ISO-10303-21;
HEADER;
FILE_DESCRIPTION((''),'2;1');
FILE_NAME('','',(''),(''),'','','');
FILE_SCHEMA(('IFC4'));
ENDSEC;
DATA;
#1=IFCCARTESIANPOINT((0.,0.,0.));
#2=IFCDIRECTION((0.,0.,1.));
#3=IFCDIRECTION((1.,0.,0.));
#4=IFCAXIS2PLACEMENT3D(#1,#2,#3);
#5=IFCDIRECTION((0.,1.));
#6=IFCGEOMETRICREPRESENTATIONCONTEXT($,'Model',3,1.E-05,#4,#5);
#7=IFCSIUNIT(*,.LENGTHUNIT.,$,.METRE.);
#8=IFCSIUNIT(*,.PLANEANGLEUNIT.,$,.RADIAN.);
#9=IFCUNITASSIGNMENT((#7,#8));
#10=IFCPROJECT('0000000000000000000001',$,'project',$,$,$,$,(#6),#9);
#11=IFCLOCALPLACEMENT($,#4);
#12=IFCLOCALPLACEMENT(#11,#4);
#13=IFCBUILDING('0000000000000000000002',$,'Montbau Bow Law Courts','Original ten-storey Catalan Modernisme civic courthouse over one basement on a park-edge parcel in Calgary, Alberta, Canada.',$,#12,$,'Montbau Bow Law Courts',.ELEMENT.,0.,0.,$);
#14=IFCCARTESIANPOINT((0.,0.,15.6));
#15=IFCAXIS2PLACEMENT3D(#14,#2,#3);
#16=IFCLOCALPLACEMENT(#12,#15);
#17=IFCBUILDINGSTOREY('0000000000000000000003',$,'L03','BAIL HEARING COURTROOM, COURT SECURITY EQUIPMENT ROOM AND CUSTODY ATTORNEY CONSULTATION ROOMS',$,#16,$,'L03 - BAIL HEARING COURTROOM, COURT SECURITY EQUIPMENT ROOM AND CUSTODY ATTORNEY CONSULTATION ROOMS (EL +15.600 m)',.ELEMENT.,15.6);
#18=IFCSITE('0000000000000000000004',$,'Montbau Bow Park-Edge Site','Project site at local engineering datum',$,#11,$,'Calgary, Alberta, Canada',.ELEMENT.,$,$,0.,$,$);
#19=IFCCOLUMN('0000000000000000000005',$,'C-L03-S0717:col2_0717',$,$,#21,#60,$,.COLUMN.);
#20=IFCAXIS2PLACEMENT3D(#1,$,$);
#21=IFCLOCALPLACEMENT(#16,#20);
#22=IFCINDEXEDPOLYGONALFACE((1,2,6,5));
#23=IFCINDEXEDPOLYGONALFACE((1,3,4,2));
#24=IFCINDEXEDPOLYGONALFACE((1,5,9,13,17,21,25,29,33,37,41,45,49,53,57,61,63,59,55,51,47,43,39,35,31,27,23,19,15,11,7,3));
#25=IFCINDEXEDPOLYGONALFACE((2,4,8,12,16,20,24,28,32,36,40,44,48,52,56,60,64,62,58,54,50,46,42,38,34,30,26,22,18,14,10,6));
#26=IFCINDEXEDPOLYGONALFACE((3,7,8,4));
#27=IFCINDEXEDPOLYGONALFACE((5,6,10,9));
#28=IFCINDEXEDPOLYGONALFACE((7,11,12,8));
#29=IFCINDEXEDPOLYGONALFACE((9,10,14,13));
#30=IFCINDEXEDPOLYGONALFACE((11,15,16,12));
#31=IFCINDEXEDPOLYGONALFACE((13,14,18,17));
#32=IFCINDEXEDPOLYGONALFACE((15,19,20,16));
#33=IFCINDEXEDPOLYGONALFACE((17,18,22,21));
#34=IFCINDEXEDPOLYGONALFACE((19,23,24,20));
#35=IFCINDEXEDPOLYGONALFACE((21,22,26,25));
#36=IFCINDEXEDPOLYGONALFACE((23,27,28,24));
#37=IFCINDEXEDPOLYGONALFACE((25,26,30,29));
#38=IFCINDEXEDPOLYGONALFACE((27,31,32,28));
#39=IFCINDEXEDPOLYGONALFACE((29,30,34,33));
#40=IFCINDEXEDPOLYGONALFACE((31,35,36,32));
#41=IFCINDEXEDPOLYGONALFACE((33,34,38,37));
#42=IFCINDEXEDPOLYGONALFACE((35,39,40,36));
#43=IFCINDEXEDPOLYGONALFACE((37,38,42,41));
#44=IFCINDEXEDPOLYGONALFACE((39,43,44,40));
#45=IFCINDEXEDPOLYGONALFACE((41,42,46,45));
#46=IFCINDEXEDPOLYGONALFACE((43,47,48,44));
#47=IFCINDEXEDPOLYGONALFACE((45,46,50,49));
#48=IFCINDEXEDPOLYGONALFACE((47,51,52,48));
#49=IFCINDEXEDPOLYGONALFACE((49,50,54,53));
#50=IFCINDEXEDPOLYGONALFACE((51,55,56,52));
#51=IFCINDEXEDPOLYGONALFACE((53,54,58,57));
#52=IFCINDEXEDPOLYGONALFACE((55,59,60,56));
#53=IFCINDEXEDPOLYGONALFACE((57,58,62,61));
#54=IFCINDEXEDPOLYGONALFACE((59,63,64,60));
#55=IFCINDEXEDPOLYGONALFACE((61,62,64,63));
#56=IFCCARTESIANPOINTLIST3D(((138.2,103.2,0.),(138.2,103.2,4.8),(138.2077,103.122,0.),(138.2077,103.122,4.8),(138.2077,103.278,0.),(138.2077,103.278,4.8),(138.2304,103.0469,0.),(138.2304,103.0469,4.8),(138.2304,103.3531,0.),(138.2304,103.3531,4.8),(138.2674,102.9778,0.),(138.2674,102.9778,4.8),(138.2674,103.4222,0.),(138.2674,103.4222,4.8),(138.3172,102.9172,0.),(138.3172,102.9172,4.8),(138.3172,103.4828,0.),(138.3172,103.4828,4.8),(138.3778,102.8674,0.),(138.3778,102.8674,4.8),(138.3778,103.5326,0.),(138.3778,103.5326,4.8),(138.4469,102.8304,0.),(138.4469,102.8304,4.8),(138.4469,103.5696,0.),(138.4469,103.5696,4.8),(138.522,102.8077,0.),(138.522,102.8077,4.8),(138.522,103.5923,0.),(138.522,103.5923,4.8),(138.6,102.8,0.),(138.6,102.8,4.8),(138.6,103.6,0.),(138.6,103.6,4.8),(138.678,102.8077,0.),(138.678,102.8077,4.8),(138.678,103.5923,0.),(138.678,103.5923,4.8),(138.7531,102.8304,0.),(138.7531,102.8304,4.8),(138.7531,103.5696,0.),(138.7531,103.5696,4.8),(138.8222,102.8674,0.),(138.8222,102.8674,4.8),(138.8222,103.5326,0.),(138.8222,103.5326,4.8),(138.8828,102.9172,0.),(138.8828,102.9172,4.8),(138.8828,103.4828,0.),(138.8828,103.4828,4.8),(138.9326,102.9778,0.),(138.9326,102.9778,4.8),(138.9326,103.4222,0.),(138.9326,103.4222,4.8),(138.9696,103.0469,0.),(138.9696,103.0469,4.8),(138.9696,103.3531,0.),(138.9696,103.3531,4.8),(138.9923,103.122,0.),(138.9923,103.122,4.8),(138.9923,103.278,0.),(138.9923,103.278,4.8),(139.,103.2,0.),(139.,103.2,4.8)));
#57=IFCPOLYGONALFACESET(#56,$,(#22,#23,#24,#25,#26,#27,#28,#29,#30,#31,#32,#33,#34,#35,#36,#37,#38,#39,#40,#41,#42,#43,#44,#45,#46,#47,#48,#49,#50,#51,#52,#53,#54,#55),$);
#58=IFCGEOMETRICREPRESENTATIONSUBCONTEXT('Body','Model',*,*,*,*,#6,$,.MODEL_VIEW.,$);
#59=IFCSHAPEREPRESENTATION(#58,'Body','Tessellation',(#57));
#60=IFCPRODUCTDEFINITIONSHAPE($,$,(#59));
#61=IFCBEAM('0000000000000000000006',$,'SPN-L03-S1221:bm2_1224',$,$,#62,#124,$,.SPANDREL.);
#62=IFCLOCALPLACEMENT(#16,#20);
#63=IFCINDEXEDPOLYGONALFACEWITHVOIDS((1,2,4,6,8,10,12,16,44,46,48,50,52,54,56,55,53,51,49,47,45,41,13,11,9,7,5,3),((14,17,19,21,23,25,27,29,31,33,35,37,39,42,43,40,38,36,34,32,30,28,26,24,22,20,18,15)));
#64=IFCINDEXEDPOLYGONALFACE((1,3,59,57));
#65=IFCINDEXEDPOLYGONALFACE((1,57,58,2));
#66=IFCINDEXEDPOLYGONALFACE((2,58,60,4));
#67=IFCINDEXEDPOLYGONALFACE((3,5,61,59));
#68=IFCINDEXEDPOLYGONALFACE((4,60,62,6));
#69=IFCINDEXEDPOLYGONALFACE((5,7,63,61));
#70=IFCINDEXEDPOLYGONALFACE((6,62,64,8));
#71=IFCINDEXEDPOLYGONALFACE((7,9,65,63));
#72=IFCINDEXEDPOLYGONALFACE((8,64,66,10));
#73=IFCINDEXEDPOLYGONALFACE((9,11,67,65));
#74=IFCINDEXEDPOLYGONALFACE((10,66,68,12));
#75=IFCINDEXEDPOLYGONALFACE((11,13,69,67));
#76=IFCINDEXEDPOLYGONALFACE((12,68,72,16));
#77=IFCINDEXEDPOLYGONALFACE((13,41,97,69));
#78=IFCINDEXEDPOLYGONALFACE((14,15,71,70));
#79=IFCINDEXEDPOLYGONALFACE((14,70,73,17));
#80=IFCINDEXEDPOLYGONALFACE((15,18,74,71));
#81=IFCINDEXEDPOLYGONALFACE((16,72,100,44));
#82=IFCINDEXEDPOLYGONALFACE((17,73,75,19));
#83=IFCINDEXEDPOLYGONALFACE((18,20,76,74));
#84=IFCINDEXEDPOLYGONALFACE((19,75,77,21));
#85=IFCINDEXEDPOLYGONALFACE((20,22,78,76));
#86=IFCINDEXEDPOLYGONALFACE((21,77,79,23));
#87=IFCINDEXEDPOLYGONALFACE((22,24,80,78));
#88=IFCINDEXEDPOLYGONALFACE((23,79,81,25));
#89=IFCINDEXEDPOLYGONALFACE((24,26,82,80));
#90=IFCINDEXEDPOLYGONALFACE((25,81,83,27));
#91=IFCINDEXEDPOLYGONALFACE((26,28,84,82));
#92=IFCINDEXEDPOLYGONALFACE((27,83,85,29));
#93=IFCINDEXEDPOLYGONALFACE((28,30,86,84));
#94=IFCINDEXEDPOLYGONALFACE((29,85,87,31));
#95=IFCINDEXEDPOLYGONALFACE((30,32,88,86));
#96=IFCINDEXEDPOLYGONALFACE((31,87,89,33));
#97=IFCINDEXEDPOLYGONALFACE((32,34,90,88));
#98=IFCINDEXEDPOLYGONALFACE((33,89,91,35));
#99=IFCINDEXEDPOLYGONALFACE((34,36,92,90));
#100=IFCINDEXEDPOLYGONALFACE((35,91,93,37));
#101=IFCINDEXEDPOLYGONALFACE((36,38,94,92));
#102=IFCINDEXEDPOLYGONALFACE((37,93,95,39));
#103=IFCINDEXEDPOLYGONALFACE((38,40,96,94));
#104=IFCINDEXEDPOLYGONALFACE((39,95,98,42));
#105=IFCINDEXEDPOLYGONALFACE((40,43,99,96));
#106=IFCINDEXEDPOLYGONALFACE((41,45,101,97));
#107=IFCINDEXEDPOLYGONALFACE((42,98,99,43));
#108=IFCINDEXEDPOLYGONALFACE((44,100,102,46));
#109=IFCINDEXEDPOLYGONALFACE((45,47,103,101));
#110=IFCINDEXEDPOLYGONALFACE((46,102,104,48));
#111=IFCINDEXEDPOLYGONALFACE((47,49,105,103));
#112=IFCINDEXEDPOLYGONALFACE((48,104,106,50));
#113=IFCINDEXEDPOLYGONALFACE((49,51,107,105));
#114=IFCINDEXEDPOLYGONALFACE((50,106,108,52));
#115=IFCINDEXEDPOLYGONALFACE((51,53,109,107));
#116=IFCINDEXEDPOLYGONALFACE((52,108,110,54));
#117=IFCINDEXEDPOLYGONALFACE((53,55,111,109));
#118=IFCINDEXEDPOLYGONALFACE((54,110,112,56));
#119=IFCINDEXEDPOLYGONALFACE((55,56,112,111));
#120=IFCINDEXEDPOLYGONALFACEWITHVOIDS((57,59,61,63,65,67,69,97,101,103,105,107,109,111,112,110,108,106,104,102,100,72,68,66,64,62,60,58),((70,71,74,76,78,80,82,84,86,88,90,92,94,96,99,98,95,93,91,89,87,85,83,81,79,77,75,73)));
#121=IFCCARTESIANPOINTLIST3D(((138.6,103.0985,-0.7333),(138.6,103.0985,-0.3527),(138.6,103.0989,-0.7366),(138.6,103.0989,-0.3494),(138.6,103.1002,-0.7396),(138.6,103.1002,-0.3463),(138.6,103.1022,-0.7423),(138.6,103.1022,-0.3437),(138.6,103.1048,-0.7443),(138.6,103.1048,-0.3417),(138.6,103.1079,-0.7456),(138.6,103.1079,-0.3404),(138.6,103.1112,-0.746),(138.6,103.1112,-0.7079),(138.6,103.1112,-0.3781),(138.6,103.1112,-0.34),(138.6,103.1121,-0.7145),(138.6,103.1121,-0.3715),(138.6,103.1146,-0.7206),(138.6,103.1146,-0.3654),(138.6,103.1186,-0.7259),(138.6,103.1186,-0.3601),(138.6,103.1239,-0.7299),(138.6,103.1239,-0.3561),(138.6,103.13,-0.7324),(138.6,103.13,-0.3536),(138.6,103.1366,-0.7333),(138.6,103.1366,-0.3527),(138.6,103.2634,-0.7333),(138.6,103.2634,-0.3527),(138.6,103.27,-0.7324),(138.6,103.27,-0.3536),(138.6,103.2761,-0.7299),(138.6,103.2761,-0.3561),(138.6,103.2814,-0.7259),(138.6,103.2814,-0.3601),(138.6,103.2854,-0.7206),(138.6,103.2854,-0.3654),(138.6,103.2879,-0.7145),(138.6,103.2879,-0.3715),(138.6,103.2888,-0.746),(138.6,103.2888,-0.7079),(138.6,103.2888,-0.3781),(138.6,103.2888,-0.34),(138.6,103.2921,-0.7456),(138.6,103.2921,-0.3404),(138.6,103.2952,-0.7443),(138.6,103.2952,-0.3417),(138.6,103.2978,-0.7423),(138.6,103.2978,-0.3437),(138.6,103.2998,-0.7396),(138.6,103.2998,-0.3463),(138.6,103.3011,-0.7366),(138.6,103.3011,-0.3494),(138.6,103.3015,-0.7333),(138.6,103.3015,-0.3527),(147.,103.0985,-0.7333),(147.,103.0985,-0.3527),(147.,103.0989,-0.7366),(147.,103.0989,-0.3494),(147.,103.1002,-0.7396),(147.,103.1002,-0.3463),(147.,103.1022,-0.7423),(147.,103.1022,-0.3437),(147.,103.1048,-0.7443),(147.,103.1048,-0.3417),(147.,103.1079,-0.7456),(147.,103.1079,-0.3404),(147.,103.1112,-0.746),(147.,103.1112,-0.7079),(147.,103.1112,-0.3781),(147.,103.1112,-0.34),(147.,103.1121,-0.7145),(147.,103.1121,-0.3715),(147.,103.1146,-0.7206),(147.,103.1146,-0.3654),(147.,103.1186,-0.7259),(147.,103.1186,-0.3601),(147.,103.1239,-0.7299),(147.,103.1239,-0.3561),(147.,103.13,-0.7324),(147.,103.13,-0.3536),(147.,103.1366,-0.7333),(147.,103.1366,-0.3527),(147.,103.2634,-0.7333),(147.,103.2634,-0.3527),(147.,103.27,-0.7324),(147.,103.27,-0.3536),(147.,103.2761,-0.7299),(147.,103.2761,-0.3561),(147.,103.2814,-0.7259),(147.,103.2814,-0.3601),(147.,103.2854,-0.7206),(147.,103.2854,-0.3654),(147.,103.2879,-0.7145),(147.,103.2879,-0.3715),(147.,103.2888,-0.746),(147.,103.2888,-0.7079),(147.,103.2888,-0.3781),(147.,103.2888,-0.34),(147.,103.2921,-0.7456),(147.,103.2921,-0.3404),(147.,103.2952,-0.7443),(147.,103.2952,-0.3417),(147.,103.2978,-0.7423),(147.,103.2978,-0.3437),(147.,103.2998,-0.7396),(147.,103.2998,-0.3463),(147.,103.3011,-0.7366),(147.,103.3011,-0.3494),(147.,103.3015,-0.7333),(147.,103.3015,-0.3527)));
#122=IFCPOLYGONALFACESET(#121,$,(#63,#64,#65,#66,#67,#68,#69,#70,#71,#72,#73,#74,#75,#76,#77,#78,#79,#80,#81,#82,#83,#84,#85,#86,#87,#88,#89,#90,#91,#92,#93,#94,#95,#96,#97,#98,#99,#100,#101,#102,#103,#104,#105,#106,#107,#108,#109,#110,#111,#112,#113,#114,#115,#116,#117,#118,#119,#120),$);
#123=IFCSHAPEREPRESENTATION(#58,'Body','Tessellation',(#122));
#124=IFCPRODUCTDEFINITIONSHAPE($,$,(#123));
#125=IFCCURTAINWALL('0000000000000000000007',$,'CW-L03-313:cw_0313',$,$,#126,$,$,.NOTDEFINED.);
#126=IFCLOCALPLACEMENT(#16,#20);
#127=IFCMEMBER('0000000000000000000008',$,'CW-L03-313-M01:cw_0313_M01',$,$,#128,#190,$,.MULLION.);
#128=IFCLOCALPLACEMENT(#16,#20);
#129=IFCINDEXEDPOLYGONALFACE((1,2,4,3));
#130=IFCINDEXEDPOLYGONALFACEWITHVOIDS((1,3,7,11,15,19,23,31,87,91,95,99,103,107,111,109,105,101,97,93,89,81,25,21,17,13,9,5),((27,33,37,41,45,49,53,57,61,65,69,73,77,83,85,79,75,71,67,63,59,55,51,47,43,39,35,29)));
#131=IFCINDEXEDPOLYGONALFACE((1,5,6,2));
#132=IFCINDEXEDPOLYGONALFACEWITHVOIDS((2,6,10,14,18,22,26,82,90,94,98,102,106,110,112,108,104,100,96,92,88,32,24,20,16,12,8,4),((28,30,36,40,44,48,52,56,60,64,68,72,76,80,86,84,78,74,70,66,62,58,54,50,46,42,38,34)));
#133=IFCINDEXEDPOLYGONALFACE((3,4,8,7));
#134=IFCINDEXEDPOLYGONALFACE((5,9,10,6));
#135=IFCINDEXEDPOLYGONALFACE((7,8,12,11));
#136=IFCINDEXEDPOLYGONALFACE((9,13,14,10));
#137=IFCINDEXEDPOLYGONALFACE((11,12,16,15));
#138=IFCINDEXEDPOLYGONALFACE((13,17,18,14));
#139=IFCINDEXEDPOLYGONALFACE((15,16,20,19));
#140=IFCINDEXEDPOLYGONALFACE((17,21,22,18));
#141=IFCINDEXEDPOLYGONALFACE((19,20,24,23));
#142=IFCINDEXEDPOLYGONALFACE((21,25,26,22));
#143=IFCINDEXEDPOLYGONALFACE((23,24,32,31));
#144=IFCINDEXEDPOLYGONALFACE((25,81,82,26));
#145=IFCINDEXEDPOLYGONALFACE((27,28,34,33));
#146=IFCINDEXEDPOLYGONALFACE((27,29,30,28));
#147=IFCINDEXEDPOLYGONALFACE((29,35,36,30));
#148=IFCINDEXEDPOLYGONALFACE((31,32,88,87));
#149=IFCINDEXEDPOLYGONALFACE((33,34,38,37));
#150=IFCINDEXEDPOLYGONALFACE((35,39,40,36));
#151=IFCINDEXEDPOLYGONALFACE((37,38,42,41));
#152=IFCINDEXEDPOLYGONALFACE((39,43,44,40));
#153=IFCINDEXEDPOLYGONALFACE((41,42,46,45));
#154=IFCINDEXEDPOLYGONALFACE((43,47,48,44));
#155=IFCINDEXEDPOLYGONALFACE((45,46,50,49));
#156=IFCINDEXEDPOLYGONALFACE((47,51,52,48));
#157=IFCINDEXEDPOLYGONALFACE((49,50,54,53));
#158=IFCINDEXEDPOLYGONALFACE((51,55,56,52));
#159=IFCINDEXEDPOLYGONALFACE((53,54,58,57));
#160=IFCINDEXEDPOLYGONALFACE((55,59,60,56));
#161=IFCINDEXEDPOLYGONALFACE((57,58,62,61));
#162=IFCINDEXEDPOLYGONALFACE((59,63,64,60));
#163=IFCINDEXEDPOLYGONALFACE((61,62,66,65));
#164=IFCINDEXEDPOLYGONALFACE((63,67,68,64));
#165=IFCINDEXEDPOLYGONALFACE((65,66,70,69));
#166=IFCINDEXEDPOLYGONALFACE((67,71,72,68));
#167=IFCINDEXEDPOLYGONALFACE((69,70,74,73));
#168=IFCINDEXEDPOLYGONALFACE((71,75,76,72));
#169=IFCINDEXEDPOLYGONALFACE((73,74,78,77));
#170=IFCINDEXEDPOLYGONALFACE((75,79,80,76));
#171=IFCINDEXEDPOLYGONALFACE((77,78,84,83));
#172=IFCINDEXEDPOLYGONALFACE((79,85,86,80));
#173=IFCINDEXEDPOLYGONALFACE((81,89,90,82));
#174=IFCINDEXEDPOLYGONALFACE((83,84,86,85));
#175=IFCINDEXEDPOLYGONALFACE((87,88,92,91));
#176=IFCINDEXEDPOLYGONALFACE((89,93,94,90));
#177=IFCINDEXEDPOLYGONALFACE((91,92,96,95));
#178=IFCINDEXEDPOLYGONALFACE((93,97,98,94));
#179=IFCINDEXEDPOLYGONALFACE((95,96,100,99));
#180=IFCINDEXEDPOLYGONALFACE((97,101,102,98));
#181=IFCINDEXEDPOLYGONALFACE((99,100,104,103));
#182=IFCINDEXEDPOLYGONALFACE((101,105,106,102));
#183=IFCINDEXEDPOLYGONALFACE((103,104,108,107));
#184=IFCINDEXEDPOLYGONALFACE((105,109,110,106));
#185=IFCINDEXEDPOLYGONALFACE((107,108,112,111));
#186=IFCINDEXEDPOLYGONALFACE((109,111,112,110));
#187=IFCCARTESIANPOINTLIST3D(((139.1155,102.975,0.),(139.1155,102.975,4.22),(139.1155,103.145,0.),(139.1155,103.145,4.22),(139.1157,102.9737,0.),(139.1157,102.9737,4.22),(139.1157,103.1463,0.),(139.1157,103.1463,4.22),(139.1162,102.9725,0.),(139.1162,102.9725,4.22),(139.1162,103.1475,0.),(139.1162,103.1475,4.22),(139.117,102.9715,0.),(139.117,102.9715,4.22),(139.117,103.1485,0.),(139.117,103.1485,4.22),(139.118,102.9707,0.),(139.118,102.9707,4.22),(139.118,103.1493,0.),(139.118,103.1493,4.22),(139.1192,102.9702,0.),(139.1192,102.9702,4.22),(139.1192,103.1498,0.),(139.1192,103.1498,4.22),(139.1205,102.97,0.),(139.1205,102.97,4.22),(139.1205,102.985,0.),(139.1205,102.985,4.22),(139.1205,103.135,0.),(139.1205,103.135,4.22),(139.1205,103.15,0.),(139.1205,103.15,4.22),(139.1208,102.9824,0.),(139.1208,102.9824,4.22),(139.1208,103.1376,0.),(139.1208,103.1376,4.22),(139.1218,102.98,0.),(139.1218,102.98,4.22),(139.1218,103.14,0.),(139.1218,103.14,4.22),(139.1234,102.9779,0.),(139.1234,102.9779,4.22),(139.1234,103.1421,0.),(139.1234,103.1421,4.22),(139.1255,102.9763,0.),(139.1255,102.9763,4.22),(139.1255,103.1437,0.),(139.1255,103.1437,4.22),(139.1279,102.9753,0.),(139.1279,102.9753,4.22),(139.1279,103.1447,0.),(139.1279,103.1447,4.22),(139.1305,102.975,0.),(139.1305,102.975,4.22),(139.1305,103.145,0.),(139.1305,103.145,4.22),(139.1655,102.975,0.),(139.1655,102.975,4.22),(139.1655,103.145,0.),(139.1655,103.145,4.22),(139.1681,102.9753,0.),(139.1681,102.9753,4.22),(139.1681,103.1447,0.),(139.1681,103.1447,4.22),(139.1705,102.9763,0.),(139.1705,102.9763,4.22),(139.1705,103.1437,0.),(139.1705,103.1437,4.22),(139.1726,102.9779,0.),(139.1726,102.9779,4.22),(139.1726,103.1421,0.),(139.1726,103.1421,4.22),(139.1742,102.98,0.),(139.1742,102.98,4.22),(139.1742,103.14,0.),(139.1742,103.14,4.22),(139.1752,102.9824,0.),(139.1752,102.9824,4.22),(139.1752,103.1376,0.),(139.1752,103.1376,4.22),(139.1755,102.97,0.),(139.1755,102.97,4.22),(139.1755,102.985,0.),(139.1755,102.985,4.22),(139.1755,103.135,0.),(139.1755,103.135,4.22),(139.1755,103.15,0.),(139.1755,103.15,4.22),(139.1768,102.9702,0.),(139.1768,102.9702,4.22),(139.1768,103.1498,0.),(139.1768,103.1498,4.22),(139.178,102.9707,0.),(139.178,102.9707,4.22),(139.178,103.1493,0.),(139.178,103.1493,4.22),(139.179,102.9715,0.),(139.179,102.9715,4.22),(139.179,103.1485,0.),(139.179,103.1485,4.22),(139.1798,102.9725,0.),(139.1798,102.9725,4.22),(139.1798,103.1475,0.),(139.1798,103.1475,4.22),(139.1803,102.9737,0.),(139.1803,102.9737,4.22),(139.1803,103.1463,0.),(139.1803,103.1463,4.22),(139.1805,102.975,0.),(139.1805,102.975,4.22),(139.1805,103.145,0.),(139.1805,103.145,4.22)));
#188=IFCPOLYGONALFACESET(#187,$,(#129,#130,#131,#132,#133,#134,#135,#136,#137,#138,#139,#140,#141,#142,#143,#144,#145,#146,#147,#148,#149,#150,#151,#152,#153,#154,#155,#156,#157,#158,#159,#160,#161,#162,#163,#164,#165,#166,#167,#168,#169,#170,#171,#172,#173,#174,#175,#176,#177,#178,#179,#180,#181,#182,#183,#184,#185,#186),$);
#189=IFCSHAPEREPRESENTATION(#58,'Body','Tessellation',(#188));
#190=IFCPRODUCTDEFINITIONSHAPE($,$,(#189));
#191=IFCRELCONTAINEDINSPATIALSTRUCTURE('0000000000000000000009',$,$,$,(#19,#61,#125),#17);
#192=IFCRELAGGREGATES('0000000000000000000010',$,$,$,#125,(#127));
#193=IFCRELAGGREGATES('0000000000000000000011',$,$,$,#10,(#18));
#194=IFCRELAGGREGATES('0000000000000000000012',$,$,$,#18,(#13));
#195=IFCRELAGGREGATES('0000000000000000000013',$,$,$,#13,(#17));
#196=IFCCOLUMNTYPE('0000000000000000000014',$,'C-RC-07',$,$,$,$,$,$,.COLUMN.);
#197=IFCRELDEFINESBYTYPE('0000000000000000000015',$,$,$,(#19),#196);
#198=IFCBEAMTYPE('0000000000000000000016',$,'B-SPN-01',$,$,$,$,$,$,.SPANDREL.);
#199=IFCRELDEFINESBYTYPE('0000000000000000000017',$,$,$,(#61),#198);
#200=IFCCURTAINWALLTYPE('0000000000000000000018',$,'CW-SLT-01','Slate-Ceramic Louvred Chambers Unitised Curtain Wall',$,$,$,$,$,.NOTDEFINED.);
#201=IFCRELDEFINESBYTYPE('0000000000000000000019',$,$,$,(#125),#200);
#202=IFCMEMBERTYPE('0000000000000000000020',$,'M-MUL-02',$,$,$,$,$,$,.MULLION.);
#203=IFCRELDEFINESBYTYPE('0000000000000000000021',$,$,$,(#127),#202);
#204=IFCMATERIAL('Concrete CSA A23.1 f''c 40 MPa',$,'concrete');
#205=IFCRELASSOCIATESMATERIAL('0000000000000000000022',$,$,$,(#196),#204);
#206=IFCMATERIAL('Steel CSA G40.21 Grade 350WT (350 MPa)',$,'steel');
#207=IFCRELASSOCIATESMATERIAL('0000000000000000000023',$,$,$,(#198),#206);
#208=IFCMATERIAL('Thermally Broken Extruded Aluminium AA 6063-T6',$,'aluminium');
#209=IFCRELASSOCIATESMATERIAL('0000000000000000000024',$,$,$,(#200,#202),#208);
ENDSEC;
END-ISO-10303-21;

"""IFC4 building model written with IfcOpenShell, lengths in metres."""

from ifc_helpers import new_model, si_unit, direction, frame, origin_with_axes, origin_2d_with_axis, place, context, subcontext, project, spatial, hollow_rectangle, circle, extrude, material, material_profile, profile_set, type_object, element, aggregate, save


model = new_model("IFC4")

# Units and contexts
model_context = context("Model", 3, precision=1e-05, world=origin_with_axes(), true_north=direction((0.0, 1.0)))
body_context = subcontext(model_context, "Body", "Model", "MODEL_VIEW")
ifc_project = project(units=[si_unit("LENGTHUNIT", "METRE"), si_unit("PLANEANGLEUNIT", "RADIAN")], contexts=[model_context])

# Site, building, storey
site_placement = place(None, origin_with_axes())
site = spatial("IfcSite", under=ifc_project, at=site_placement, Name="Montbau Bow Park-Edge Site", Description="Project site at local engineering datum", LongName="Calgary, Alberta, Canada", CompositionType="ELEMENT", RefElevation=0.0)
building_placement = place(site_placement, origin_with_axes())
building = spatial("IfcBuilding", under=site, at=building_placement, Name="Montbau Bow Law Courts", Description="Original ten-storey Catalan Modernisme civic courthouse over one basement on a park-edge parcel in Calgary, Alberta, Canada.", LongName="Montbau Bow Law Courts", CompositionType="ELEMENT", ElevationOfRefHeight=0.0, ElevationOfTerrain=0.0)
storey_placement = place(building_placement, frame((0.0, 0.0, 15.6), z_axis=(0.0, 0.0, 1.0), x_axis=(1.0, 0.0, 0.0)))
storey = spatial("IfcBuildingStorey", under=building, at=storey_placement, Name="L03", Description="BAIL HEARING COURTROOM, COURT SECURITY EQUIPMENT ROOM AND CUSTODY ATTORNEY CONSULTATION ROOMS", LongName="L03 - BAIL HEARING COURTROOM, COURT SECURITY EQUIPMENT ROOM AND CUSTODY ATTORNEY CONSULTATION ROOMS (EL +15.600 m)", CompositionType="ELEMENT", Elevation=15.6)

# Column
ifc_material_1 = material(Name="Concrete CSA A23.1 f'c 40 MPa", Category="concrete")
ifc_material_profile_1 = material_profile(ifc_material_1, circle(Radius=0.4, at=origin_2d_with_axis()), Name="RC800D", Category="Main", Priority=0)
ifc_profile_set_1 = profile_set([ifc_material_profile_1], Name="Concrete CSA A23.1 f'c 40 MPa")
column_type = type_object("IfcColumnType", Name="C-RC-07", PredefinedType="COLUMN", material=ifc_profile_set_1)
column_placement = place(None, frame((138.6, 103.2, 15.6), z_axis=(0.0, 0.0, 1.0), x_axis=(1.0, 0.0, 0.0)))
element("IfcColumn", 1, at=column_placement, inside=storey, type_object=column_type, Name="C-L03-S0717:col2_0717", PredefinedType="COLUMN", context=body_context, shape_type="SweptSolid", body=[
    extrude(circle(Radius=0.4, at=origin_2d_with_axis()), origin_with_axes(), (0.0, 0.0, 1.0), 4.8),
])

# Beam
ifc_material_2 = material(Name="Steel CSA G40.21 Grade 350WT (350 MPa)", Category="steel")
ifc_material_profile_2 = material_profile(ifc_material_2, hollow_rectangle(XDim=0.203, YDim=0.406, WallThickness=0.0127, InnerFilletRadius=0.0254, OuterFilletRadius=0.0127, at=origin_2d_with_axis()), Name="HSS406X203X13", Category="Main", Priority=0)
ifc_profile_set_2 = profile_set([ifc_material_profile_2], Name="Steel CSA G40.21 Grade 350WT (350 MPa)")
beam_type = type_object("IfcBeamType", Name="B-SPN-01", PredefinedType="SPANDREL", material=ifc_profile_set_2)
beam_placement = place(None, frame((138.6, 103.2, 15.057), z_axis=(1.0, 0.0, 0.0), x_axis=(0.0, 1.0, 0.0)))
element("IfcBeam", 2, at=beam_placement, inside=storey, type_object=beam_type, Name="SPN-L03-S1221:bm2_1224", PredefinedType="SPANDREL", context=body_context, shape_type="SweptSolid", body=[
    extrude(hollow_rectangle(XDim=0.203, YDim=0.406, WallThickness=0.0127, InnerFilletRadius=0.0254, OuterFilletRadius=0.0127, at=origin_2d_with_axis()), origin_with_axes(), (0.0, 0.0, 1.0), 8.4),
])

# Curtain wall, member
ifc_material_3 = material(Name="Thermally Broken Extruded Aluminium AA 6063-T6", Category="aluminium")
curtain_wall_type = type_object("IfcCurtainWallType", Name="CW-SLT-01", Description="Slate-Ceramic Louvred Chambers Unitised Curtain Wall", PredefinedType="NOTDEFINED", material=ifc_material_3)
curtain_wall_1_placement = place(None, frame((139.115, 103.06, 15.6), z_axis=(0.0, 0.0, 1.0), x_axis=(1.0, 0.0, 0.0)))
curtain_wall_1 = element("IfcCurtainWall", 3, at=curtain_wall_1_placement, inside=storey, type_object=curtain_wall_type, Name="CW-L03-313:cw_0313", PredefinedType="NOTDEFINED")
ifc_material_profile_3 = material_profile(ifc_material_3, hollow_rectangle(XDim=0.065, YDim=0.18, WallThickness=0.005, InnerFilletRadius=0.01, OuterFilletRadius=0.005, at=origin_2d_with_axis()), Name="CWM-180X65", Category="Main", Priority=0)
ifc_profile_set_3 = profile_set([ifc_material_profile_3], Name="Thermally Broken Extruded Aluminium AA 6063-T6")
member_type_1 = type_object("IfcMemberType", Name="M-MUL-02", PredefinedType="MULLION", material=ifc_profile_set_3)
member_1_placement = place(None, frame((139.148, 103.06, 15.6), z_axis=(0.0, 0.0, 1.0), x_axis=(1.0, 0.0, 0.0)))
member_1 = element("IfcMember", 4, at=member_1_placement, type_object=member_type_1, Name="CW-L03-313-M01:cw_0313_M01", PredefinedType="MULLION", context=body_context, shape_type="SweptSolid", body=[
    extrude(hollow_rectangle(XDim=0.065, YDim=0.18, WallThickness=0.005, InnerFilletRadius=0.01, OuterFilletRadius=0.005, at=origin_2d_with_axis()), origin_with_axes(), (0.0, 0.0, 1.0), 4.22),
])

aggregate(curtain_wall_1, [member_1])

save(model, "model.ifc")
